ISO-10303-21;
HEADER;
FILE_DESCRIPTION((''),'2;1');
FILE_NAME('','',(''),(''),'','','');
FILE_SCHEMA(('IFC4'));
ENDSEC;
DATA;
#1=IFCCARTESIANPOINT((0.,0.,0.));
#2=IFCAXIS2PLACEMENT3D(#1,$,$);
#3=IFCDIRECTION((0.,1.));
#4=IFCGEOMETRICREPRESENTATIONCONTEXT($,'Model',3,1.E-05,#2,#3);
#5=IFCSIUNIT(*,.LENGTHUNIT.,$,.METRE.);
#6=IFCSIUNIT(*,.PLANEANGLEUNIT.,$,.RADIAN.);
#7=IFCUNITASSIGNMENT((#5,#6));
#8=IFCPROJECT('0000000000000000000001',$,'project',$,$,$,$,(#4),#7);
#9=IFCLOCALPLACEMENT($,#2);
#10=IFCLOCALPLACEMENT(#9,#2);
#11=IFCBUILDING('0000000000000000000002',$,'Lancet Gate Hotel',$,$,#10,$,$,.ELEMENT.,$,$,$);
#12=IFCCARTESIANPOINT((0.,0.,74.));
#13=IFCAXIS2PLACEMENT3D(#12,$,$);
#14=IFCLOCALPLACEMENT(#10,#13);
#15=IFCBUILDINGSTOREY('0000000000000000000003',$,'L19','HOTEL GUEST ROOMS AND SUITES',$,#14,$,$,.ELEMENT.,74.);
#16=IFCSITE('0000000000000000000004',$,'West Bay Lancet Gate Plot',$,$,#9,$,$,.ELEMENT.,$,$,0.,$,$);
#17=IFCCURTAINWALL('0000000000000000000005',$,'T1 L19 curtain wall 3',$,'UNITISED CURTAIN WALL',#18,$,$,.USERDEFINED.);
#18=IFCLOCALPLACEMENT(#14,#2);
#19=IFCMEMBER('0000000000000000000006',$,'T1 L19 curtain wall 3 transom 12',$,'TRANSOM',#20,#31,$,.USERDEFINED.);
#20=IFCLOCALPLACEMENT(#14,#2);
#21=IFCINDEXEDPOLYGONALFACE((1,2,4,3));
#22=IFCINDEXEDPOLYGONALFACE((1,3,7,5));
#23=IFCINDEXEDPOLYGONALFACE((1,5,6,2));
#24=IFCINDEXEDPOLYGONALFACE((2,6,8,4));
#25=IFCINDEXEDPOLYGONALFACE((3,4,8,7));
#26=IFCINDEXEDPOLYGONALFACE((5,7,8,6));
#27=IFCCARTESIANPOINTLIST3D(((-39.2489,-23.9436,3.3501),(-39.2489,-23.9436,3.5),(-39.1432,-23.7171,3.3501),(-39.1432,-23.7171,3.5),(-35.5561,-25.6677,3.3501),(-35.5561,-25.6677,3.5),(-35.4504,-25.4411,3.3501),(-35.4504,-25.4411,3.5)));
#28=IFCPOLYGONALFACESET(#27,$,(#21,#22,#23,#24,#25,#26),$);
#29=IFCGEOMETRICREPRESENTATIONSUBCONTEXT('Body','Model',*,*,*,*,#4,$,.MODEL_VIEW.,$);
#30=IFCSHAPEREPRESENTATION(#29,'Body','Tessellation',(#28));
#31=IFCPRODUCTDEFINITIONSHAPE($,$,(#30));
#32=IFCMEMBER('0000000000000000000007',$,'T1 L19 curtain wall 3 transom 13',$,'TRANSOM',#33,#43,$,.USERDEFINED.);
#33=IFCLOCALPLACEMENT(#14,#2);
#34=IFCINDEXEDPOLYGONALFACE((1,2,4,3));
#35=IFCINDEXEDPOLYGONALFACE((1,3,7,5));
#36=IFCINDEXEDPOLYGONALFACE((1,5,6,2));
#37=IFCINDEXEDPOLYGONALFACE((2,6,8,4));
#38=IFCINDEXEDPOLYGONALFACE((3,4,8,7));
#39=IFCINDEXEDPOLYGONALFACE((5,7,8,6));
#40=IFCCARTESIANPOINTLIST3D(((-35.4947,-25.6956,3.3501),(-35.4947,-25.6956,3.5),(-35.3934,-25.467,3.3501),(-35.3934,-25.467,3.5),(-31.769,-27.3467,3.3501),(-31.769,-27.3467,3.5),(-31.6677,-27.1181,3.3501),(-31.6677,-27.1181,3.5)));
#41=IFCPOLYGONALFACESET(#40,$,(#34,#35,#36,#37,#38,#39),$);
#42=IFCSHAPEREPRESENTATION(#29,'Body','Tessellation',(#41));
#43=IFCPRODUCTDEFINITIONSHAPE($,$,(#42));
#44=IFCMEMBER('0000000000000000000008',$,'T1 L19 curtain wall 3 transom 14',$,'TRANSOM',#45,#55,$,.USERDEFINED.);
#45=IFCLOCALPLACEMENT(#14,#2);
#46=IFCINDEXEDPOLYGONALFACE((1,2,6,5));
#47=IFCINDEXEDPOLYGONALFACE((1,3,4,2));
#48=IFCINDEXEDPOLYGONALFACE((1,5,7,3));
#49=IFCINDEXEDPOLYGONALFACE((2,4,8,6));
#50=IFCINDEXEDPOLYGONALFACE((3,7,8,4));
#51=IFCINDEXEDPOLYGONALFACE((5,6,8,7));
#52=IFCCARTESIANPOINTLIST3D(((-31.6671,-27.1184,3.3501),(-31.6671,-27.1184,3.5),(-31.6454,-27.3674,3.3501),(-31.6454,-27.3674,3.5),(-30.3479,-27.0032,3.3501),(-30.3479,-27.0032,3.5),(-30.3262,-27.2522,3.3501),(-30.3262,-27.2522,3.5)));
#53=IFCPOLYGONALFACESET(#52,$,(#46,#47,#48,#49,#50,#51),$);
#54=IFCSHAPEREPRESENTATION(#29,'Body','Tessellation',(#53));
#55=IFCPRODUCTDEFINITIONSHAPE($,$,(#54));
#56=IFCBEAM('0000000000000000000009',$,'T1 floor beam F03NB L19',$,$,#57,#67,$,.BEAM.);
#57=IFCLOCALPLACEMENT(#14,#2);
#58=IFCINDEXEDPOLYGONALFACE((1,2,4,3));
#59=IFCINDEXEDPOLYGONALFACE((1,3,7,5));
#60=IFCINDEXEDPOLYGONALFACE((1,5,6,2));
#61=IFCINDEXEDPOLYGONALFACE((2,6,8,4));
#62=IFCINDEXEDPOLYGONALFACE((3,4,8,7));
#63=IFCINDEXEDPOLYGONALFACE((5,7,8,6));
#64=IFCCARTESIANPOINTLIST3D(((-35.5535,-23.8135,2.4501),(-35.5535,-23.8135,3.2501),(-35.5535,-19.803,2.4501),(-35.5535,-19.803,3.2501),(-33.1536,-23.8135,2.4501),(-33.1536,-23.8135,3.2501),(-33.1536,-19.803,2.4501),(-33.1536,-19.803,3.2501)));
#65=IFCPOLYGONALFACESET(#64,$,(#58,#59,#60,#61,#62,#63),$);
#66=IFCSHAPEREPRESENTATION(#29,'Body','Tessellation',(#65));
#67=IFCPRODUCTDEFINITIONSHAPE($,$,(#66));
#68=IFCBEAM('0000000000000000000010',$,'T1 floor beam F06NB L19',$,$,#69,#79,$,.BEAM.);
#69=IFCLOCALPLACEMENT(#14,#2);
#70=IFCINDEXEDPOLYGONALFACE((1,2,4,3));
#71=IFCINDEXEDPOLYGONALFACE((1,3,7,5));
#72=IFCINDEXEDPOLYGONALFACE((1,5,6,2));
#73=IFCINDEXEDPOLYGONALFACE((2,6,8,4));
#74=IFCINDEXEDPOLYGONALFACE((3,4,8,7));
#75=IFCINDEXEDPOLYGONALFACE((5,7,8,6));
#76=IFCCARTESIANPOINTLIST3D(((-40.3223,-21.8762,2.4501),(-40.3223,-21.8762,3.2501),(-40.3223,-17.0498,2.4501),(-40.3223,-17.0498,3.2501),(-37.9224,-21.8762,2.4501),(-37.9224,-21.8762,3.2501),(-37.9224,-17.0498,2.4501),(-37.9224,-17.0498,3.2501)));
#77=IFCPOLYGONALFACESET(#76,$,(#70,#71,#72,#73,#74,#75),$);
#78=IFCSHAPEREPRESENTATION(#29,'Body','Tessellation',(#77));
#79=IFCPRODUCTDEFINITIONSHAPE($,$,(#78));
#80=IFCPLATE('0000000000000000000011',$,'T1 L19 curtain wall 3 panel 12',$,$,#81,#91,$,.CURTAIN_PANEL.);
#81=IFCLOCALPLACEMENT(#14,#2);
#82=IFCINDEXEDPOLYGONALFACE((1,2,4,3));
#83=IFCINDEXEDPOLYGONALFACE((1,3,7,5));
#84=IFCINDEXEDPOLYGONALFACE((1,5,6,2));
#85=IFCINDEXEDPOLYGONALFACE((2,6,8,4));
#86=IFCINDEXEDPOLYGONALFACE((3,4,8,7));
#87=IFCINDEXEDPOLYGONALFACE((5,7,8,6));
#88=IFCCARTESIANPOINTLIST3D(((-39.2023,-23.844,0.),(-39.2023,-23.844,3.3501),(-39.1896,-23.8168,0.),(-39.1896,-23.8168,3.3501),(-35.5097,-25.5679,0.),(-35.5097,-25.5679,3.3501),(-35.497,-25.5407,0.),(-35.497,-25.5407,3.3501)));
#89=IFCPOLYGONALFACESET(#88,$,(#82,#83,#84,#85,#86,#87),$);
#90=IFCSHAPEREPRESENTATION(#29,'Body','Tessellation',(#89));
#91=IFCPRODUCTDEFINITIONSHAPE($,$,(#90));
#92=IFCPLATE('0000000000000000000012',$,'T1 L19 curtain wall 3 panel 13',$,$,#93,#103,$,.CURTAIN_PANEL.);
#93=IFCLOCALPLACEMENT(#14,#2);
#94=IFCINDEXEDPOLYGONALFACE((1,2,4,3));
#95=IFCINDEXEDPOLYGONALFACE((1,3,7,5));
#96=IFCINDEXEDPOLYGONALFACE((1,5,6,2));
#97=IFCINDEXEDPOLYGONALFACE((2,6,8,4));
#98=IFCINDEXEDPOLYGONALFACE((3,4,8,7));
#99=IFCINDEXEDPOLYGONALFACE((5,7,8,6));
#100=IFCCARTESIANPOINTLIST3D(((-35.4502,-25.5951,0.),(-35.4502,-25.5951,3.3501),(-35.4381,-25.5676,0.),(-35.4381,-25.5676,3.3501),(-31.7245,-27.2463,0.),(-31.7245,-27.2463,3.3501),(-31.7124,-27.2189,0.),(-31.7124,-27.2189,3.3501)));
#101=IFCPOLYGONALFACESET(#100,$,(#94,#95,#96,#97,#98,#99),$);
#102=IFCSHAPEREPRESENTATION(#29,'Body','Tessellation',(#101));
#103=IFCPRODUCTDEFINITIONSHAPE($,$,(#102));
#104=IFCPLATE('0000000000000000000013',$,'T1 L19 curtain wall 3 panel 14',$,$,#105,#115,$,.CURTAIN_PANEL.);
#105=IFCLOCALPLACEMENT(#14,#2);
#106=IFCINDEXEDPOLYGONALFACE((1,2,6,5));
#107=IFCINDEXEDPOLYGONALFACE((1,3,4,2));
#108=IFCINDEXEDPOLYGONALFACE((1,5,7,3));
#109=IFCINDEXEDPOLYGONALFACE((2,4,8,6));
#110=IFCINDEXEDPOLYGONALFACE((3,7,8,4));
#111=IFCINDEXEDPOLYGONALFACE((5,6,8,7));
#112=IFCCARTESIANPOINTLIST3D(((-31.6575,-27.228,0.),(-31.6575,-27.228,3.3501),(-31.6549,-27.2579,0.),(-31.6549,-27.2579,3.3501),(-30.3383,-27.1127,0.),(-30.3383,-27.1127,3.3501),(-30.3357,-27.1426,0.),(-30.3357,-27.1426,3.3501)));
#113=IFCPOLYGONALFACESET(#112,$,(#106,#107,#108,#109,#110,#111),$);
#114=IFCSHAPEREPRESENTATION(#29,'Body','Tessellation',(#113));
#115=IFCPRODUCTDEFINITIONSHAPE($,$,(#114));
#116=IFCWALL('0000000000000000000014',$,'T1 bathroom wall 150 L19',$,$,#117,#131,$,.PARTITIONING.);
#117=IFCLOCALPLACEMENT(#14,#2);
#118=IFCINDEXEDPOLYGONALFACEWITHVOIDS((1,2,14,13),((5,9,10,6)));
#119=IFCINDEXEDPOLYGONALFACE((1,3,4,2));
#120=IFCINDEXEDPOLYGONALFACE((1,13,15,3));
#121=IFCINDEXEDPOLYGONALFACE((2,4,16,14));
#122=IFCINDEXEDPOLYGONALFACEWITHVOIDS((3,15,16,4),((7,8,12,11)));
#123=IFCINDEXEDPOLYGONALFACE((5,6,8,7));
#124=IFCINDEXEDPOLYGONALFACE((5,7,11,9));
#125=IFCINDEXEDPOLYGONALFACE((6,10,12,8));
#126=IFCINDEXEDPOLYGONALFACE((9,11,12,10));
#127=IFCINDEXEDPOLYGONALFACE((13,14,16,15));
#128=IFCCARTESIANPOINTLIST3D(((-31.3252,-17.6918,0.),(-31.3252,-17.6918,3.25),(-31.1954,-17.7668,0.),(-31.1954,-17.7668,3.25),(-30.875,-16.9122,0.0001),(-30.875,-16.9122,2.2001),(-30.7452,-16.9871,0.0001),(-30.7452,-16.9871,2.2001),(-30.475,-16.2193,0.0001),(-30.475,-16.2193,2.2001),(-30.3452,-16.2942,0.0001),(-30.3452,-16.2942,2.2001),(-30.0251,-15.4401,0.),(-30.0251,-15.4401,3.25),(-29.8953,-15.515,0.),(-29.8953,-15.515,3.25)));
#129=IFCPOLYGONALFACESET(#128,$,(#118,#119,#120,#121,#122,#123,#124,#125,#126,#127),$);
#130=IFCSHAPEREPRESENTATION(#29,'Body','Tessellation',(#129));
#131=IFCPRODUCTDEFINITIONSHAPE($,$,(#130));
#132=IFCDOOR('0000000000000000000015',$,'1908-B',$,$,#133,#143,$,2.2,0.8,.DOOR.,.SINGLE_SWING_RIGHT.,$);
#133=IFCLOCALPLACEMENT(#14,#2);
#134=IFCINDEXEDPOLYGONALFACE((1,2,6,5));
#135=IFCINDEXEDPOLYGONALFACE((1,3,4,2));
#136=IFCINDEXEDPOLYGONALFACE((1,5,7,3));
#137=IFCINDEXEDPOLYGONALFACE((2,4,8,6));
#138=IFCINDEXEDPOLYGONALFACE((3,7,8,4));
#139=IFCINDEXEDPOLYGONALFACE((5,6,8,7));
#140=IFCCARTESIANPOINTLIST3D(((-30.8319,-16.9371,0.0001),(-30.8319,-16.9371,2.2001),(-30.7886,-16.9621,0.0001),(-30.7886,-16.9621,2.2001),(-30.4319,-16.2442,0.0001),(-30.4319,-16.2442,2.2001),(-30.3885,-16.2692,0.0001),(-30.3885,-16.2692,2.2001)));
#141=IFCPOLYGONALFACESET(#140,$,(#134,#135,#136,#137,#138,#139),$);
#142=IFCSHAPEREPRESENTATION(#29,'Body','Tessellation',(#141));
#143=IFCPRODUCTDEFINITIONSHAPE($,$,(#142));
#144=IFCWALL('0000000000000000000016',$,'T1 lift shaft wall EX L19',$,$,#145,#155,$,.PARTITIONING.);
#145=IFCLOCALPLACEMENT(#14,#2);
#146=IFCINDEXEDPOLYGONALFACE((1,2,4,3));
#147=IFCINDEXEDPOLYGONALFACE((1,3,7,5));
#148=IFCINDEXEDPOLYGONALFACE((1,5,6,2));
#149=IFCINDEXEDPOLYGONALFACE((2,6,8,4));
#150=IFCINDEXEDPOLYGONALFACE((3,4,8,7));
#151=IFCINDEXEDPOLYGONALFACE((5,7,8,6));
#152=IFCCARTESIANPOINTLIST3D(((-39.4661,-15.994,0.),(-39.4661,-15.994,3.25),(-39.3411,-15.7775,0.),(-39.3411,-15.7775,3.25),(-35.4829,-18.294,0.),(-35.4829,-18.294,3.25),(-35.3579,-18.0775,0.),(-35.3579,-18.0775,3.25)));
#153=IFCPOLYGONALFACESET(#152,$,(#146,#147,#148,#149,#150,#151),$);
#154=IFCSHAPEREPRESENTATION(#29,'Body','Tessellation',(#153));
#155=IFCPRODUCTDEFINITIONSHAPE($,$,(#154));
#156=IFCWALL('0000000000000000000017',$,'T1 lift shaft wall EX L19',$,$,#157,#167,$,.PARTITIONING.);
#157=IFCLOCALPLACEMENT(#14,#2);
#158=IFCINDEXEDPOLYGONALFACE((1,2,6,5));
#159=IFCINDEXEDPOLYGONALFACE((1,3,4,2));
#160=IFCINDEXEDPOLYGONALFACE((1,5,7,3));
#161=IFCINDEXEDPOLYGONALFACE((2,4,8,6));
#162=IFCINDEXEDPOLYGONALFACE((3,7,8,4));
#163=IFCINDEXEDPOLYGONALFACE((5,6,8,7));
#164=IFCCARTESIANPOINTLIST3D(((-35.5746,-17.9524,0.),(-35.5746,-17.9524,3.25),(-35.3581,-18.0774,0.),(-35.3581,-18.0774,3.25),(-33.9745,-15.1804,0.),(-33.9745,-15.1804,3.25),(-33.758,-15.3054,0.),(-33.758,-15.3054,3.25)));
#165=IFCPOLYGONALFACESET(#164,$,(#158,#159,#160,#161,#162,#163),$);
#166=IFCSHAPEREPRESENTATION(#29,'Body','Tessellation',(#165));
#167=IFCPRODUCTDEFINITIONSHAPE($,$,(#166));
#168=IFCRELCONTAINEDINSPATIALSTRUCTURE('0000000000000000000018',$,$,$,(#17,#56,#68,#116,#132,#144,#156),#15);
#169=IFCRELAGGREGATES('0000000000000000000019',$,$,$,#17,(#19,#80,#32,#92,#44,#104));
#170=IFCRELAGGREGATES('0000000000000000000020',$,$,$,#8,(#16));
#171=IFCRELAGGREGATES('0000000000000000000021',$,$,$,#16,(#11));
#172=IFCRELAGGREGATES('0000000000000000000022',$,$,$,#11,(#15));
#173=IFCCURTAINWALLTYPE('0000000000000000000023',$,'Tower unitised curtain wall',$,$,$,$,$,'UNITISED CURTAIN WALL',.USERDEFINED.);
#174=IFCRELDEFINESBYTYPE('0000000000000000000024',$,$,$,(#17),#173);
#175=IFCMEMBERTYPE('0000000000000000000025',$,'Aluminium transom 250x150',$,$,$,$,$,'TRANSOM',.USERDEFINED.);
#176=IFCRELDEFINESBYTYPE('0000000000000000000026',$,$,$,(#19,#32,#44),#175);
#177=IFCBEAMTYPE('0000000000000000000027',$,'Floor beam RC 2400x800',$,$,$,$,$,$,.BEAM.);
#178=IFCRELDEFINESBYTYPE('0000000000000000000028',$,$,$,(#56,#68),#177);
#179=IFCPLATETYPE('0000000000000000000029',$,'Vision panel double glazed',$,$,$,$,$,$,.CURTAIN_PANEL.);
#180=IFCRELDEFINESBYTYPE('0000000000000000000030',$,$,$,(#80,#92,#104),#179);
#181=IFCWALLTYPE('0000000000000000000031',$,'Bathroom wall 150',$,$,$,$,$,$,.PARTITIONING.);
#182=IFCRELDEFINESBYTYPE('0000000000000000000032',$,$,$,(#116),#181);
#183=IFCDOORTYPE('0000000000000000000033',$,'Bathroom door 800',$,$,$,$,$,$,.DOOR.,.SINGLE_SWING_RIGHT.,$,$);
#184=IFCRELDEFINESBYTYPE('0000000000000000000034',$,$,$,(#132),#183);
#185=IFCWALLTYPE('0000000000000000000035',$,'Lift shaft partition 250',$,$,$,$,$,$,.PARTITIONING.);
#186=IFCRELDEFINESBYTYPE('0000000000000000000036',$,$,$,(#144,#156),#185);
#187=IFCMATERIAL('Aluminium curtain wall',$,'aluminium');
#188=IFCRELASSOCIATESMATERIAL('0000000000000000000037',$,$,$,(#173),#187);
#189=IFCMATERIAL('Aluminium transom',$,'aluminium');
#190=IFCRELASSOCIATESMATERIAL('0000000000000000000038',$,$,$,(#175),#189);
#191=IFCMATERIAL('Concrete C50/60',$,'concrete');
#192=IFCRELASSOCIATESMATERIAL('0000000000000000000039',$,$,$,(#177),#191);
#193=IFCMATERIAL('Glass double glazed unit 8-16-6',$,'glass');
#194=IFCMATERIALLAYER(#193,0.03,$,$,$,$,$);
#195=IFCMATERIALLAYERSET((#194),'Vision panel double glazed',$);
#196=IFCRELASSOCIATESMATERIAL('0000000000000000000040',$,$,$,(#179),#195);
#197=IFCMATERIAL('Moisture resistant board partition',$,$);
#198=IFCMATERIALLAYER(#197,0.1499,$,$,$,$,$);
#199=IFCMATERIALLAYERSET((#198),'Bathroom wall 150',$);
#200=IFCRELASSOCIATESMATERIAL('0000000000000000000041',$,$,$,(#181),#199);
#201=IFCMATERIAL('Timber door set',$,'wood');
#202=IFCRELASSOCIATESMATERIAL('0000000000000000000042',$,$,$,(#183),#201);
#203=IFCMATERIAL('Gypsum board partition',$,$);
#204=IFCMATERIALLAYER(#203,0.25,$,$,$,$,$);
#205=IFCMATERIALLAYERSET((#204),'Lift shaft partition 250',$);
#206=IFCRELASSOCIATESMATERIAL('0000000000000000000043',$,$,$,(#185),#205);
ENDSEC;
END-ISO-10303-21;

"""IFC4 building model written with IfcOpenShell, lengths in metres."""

from ifc_helpers import new_model, si_unit, direction, frame, frame_2d, origin, origin_2d, place, context, subcontext, project, spatial, rectangle, extrude, material, layer, layer_set, material_profile, profile_set, type_object, element, fill, aggregate, save


model = new_model("IFC4")

# Units and contexts
model_context = context("Model", 3, precision=1e-05, world=origin(), true_north=direction((0.0, 1.0)))
body_context = subcontext(model_context, "Body", "Model", "MODEL_VIEW")
ifc_project = project(units=[si_unit("LENGTHUNIT", "METRE"), si_unit("PLANEANGLEUNIT", "RADIAN")], contexts=[model_context])

# Site, building, storey
site_placement = place(None, origin())
site = spatial("IfcSite", under=ifc_project, at=site_placement, Name="West Bay Lancet Gate Plot", CompositionType="ELEMENT", RefElevation=0.0)
building_placement = place(site_placement, origin())
building = spatial("IfcBuilding", under=site, at=building_placement, Name="Lancet Gate Hotel", CompositionType="ELEMENT")
storey_placement = place(building_placement, frame((0.0, 0.0, 74.0)))
storey = spatial("IfcBuildingStorey", under=building, at=storey_placement, Name="L19", Description="HOTEL GUEST ROOMS AND SUITES", CompositionType="ELEMENT", Elevation=74.0)

# Curtain wall, members
ifc_material_1 = material(Name="Aluminium curtain wall", Category="aluminium")
curtain_wall_type = type_object("IfcCurtainWallType", Name="Tower unitised curtain wall", ElementType="UNITISED CURTAIN WALL", PredefinedType="USERDEFINED", material=ifc_material_1)
curtain_wall_placement = place(storey_placement, origin())
curtain_wall = element("IfcCurtainWall", 1, at=curtain_wall_placement, inside=storey, type_object=curtain_wall_type, Name="T1 L19 curtain wall 3", ObjectType="UNITISED CURTAIN WALL", PredefinedType="USERDEFINED")
ifc_material_2 = material(Name="Aluminium transom", Category="aluminium")
ifc_material_profile_1 = material_profile(ifc_material_2, rectangle(XDim=0.25, YDim=0.1499, at=origin_2d()), Name="TRANSOM 250x150")
ifc_profile_set_1 = profile_set([ifc_material_profile_1], Name="Aluminium transom")
member_type_1 = type_object("IfcMemberType", Name="Aluminium transom 250x150", ElementType="TRANSOM", PredefinedType="USERDEFINED", material=ifc_profile_set_1)
member_1_placement = place(storey_placement, frame((-39.196, -23.8303, 3.425), z_axis=(0.90611, -0.423043, 0.0), x_axis=(0.423043, 0.90611, 0.0)))
member_1 = element("IfcMember", 2, at=member_1_placement, type_object=member_type_1, Name="T1 L19 curtain wall 3 transom 12", ObjectType="TRANSOM", PredefinedType="USERDEFINED", context=body_context, shape_type="SweptSolid", body=[
    extrude(rectangle(XDim=0.25, YDim=0.1499, at=origin_2d()), origin(), (0.0, 0.0, 1.0), 4.0754),
])
member_2_placement = place(storey_placement, frame((-35.4441, -25.5813, 3.425), z_axis=(0.914248, -0.405154, 0.0), x_axis=(0.405154, 0.914248, 0.0)))
member_2 = element("IfcMember", 3, at=member_2_placement, type_object=member_type_1, Name="T1 L19 curtain wall 3 transom 13", ObjectType="TRANSOM", PredefinedType="USERDEFINED", context=body_context, shape_type="SweptSolid", body=[
    extrude(rectangle(XDim=0.25, YDim=0.1499, at=origin_2d()), origin(), (0.0, 0.0, 1.0), 4.0752),
])
member_3_placement = place(storey_placement, frame((-31.6562, -27.2429, 3.425), z_axis=(0.996206, 0.087027, 0.0), x_axis=(-0.087027, 0.996206, 0.0)))
member_3 = element("IfcMember", 4, at=member_3_placement, type_object=member_type_1, Name="T1 L19 curtain wall 3 transom 14", ObjectType="TRANSOM", PredefinedType="USERDEFINED", context=body_context, shape_type="SweptSolid", body=[
    extrude(rectangle(XDim=0.25, YDim=0.1499, at=origin_2d()), origin(), (0.0, 0.0, 1.0), 1.3242),
])

# Beams
ifc_material_3 = material(Name="Concrete C50/60", Category="concrete")
ifc_material_profile_2 = material_profile(ifc_material_3, rectangle(XDim=2.3999, YDim=0.8, at=origin_2d()), Name="RC 2400x800")
ifc_profile_set_2 = profile_set([ifc_material_profile_2], Name="Concrete C50/60")
beam_type = type_object("IfcBeamType", Name="Floor beam RC 2400x800", PredefinedType="BEAM", material=ifc_profile_set_2)
beam_1_placement = place(storey_placement, frame((-34.3535, -19.803, 2.8501), z_axis=(0.0, -1.0, 0.0), x_axis=(1.0, 0.0, 0.0)))
element("IfcBeam", 5, at=beam_1_placement, inside=storey, type_object=beam_type, Name="T1 floor beam F03NB L19", PredefinedType="BEAM", context=body_context, shape_type="SweptSolid", body=[
    extrude(rectangle(XDim=2.3999, YDim=0.8, at=origin_2d()), origin(), (0.0, 0.0, 1.0), 4.0105),
])
beam_2_placement = place(storey_placement, frame((-39.1223, -17.0498, 2.8501), z_axis=(0.0, -1.0, 0.0), x_axis=(1.0, 0.0, 0.0)))
element("IfcBeam", 6, at=beam_2_placement, inside=storey, type_object=beam_type, Name="T1 floor beam F06NB L19", PredefinedType="BEAM", context=body_context, shape_type="SweptSolid", body=[
    extrude(rectangle(XDim=2.3999, YDim=0.8, at=origin_2d()), origin(), (0.0, 0.0, 1.0), 4.8264),
])

# Plates
ifc_material_4 = material(Name="Glass double glazed unit 8-16-6", Category="glass")
ifc_layer_1 = layer(ifc_material_4, 0.03)
ifc_layer_set_1 = layer_set([ifc_layer_1], Name="Vision panel double glazed")
plate_type = type_object("IfcPlateType", Name="Vision panel double glazed", PredefinedType="CURTAIN_PANEL", material=ifc_layer_set_1)
plate_1_placement = place(storey_placement, frame((-37.3496, -24.6924, 0.0), z_axis=(0.0, 0.0, 1.0), x_axis=(0.906118, -0.423026, 0.0)))
plate_1 = element("IfcPlate", 7, at=plate_1_placement, type_object=plate_type, Name="T1 L19 curtain wall 3 panel 12", PredefinedType="CURTAIN_PANEL", context=body_context, shape_type="SweptSolid", body=[
    extrude(rectangle(XDim=4.0752, YDim=0.03, at=origin_2d()), origin(), (0.0, 0.0, 1.0), 3.3501),
])
plate_2_placement = place(storey_placement, frame((-33.5813, -26.407, 0.0), z_axis=(0.0, 0.0, 1.0), x_axis=(0.914234, -0.405186, 0.0)))
plate_2 = element("IfcPlate", 8, at=plate_2_placement, type_object=plate_type, Name="T1 L19 curtain wall 3 panel 13", PredefinedType="CURTAIN_PANEL", context=body_context, shape_type="SweptSolid", body=[
    extrude(rectangle(XDim=4.0752, YDim=0.03, at=origin_2d()), origin(), (0.0, 0.0, 1.0), 3.3501),
])
plate_3_placement = place(storey_placement, frame((-30.9966, -27.1853, 0.0), z_axis=(0.0, 0.0, 1.0), x_axis=(0.996204, 0.087052, 0.0)))
plate_3 = element("IfcPlate", 9, at=plate_3_placement, type_object=plate_type, Name="T1 L19 curtain wall 3 panel 14", PredefinedType="CURTAIN_PANEL", context=body_context, shape_type="SweptSolid", body=[
    extrude(rectangle(XDim=1.3242, YDim=0.03, at=origin_2d()), origin(), (0.0, 0.0, 1.0), 3.3501),
])
aggregate(curtain_wall, [member_1, plate_1, member_2, plate_2, member_3, plate_3])

# Wall, opening, door
ifc_material_5 = material(Name="Moisture resistant board partition")
ifc_layer_2 = layer(ifc_material_5, 0.1499)
ifc_layer_set_2 = layer_set([ifc_layer_2], Name="Bathroom wall 150")
wall_type_1 = type_object("IfcWallType", Name="Bathroom wall 150", PredefinedType="PARTITIONING", material=ifc_layer_set_2)
wall_1_placement = place(storey_placement, frame((-29.9602, -15.4775, 0.0), z_axis=(0.0, 0.0, 1.0), x_axis=(-0.500007, -0.866021, 0.0)))
wall_1 = element("IfcWall", 10, at=wall_1_placement, inside=storey, type_object=wall_type_1, Name="T1 bathroom wall 150 L19", PredefinedType="PARTITIONING", context=body_context, shape_type="SweptSolid", body=[
    extrude(rectangle(XDim=2.6001, YDim=0.1499, at=frame_2d((1.3, 0.0))), origin(), (0.0, 0.0, 1.0), 3.25),
])
opening_placement = place(wall_1_placement, frame((0.8999, 0.0, 0.0)))
opening = element("IfcOpeningElement", 11, at=opening_placement, cuts=wall_1, PredefinedType="OPENING", context=body_context, shape_type="SweptSolid", body=[
    extrude(rectangle(XDim=0.8, YDim=2.2, at=frame_2d((0.3999, 1.1001))), frame((0.0, 0.085, 0.0), z_axis=(0.0, -1.0, 0.0), x_axis=(1.0, 0.0, 0.0)), (0.0, 0.0, 1.0), 0.1699),
])
ifc_material_6 = material(Name="Timber door set", Category="wood")
door_type = type_object("IfcDoorType", Name="Bathroom door 800", OperationType="SINGLE_SWING_RIGHT", PredefinedType="DOOR", material=ifc_material_6)
door_placement = place(opening_placement, origin())
door = element("IfcDoor", 12, at=door_placement, inside=storey, type_object=door_type, Name="1908-B", OperationType="SINGLE_SWING_RIGHT", OverallHeight=2.2, OverallWidth=0.8, PredefinedType="DOOR", context=body_context, shape_type="SweptSolid", body=[
    extrude(rectangle(XDim=0.8, YDim=2.2, at=frame_2d((0.3999, 1.1001))), frame((0.0, 0.0249, 0.0), z_axis=(0.0, -1.0, 0.0), x_axis=(1.0, 0.0, 0.0)), (0.0, 0.0, 1.0), 0.05),
])
fill(opening, door)

# Walls
ifc_material_7 = material(Name="Gypsum board partition")
ifc_layer_3 = layer(ifc_material_7, 0.25)
ifc_layer_set_3 = layer_set([ifc_layer_3], Name="Lift shaft partition 250")
wall_type_2 = type_object("IfcWallType", Name="Lift shaft partition 250", PredefinedType="PARTITIONING", material=ifc_layer_set_3)
wall_2_placement = place(storey_placement, frame((-35.4204, -18.1858, 0.0), z_axis=(0.0, 0.0, 1.0), x_axis=(-0.86599, 0.500061, 0.0)))
element("IfcWall", 13, at=wall_2_placement, inside=storey, type_object=wall_type_2, Name="T1 lift shaft wall EX L19", PredefinedType="PARTITIONING", context=body_context, shape_type="SweptSolid", body=[
    extrude(rectangle(XDim=4.5996, YDim=0.25, at=frame_2d((2.2998, 0.0))), origin(), (0.0, 0.0, 1.0), 3.25),
])
wall_3_placement = place(storey_placement, frame((-33.8662, -15.2429, 0.0), z_axis=(0.0, 0.0, 1.0), x_axis=(-0.499929, -0.866066, 0.0)))
element("IfcWall", 14, at=wall_3_placement, inside=storey, type_object=wall_type_2, Name="T1 lift shaft wall EX L19", PredefinedType="PARTITIONING", context=body_context, shape_type="SweptSolid", body=[
    extrude(rectangle(XDim=3.2007, YDim=0.25, at=frame_2d((1.6003, 0.0))), origin(), (0.0, 0.0, 1.0), 3.25),
])

save(model, "model.ifc")
